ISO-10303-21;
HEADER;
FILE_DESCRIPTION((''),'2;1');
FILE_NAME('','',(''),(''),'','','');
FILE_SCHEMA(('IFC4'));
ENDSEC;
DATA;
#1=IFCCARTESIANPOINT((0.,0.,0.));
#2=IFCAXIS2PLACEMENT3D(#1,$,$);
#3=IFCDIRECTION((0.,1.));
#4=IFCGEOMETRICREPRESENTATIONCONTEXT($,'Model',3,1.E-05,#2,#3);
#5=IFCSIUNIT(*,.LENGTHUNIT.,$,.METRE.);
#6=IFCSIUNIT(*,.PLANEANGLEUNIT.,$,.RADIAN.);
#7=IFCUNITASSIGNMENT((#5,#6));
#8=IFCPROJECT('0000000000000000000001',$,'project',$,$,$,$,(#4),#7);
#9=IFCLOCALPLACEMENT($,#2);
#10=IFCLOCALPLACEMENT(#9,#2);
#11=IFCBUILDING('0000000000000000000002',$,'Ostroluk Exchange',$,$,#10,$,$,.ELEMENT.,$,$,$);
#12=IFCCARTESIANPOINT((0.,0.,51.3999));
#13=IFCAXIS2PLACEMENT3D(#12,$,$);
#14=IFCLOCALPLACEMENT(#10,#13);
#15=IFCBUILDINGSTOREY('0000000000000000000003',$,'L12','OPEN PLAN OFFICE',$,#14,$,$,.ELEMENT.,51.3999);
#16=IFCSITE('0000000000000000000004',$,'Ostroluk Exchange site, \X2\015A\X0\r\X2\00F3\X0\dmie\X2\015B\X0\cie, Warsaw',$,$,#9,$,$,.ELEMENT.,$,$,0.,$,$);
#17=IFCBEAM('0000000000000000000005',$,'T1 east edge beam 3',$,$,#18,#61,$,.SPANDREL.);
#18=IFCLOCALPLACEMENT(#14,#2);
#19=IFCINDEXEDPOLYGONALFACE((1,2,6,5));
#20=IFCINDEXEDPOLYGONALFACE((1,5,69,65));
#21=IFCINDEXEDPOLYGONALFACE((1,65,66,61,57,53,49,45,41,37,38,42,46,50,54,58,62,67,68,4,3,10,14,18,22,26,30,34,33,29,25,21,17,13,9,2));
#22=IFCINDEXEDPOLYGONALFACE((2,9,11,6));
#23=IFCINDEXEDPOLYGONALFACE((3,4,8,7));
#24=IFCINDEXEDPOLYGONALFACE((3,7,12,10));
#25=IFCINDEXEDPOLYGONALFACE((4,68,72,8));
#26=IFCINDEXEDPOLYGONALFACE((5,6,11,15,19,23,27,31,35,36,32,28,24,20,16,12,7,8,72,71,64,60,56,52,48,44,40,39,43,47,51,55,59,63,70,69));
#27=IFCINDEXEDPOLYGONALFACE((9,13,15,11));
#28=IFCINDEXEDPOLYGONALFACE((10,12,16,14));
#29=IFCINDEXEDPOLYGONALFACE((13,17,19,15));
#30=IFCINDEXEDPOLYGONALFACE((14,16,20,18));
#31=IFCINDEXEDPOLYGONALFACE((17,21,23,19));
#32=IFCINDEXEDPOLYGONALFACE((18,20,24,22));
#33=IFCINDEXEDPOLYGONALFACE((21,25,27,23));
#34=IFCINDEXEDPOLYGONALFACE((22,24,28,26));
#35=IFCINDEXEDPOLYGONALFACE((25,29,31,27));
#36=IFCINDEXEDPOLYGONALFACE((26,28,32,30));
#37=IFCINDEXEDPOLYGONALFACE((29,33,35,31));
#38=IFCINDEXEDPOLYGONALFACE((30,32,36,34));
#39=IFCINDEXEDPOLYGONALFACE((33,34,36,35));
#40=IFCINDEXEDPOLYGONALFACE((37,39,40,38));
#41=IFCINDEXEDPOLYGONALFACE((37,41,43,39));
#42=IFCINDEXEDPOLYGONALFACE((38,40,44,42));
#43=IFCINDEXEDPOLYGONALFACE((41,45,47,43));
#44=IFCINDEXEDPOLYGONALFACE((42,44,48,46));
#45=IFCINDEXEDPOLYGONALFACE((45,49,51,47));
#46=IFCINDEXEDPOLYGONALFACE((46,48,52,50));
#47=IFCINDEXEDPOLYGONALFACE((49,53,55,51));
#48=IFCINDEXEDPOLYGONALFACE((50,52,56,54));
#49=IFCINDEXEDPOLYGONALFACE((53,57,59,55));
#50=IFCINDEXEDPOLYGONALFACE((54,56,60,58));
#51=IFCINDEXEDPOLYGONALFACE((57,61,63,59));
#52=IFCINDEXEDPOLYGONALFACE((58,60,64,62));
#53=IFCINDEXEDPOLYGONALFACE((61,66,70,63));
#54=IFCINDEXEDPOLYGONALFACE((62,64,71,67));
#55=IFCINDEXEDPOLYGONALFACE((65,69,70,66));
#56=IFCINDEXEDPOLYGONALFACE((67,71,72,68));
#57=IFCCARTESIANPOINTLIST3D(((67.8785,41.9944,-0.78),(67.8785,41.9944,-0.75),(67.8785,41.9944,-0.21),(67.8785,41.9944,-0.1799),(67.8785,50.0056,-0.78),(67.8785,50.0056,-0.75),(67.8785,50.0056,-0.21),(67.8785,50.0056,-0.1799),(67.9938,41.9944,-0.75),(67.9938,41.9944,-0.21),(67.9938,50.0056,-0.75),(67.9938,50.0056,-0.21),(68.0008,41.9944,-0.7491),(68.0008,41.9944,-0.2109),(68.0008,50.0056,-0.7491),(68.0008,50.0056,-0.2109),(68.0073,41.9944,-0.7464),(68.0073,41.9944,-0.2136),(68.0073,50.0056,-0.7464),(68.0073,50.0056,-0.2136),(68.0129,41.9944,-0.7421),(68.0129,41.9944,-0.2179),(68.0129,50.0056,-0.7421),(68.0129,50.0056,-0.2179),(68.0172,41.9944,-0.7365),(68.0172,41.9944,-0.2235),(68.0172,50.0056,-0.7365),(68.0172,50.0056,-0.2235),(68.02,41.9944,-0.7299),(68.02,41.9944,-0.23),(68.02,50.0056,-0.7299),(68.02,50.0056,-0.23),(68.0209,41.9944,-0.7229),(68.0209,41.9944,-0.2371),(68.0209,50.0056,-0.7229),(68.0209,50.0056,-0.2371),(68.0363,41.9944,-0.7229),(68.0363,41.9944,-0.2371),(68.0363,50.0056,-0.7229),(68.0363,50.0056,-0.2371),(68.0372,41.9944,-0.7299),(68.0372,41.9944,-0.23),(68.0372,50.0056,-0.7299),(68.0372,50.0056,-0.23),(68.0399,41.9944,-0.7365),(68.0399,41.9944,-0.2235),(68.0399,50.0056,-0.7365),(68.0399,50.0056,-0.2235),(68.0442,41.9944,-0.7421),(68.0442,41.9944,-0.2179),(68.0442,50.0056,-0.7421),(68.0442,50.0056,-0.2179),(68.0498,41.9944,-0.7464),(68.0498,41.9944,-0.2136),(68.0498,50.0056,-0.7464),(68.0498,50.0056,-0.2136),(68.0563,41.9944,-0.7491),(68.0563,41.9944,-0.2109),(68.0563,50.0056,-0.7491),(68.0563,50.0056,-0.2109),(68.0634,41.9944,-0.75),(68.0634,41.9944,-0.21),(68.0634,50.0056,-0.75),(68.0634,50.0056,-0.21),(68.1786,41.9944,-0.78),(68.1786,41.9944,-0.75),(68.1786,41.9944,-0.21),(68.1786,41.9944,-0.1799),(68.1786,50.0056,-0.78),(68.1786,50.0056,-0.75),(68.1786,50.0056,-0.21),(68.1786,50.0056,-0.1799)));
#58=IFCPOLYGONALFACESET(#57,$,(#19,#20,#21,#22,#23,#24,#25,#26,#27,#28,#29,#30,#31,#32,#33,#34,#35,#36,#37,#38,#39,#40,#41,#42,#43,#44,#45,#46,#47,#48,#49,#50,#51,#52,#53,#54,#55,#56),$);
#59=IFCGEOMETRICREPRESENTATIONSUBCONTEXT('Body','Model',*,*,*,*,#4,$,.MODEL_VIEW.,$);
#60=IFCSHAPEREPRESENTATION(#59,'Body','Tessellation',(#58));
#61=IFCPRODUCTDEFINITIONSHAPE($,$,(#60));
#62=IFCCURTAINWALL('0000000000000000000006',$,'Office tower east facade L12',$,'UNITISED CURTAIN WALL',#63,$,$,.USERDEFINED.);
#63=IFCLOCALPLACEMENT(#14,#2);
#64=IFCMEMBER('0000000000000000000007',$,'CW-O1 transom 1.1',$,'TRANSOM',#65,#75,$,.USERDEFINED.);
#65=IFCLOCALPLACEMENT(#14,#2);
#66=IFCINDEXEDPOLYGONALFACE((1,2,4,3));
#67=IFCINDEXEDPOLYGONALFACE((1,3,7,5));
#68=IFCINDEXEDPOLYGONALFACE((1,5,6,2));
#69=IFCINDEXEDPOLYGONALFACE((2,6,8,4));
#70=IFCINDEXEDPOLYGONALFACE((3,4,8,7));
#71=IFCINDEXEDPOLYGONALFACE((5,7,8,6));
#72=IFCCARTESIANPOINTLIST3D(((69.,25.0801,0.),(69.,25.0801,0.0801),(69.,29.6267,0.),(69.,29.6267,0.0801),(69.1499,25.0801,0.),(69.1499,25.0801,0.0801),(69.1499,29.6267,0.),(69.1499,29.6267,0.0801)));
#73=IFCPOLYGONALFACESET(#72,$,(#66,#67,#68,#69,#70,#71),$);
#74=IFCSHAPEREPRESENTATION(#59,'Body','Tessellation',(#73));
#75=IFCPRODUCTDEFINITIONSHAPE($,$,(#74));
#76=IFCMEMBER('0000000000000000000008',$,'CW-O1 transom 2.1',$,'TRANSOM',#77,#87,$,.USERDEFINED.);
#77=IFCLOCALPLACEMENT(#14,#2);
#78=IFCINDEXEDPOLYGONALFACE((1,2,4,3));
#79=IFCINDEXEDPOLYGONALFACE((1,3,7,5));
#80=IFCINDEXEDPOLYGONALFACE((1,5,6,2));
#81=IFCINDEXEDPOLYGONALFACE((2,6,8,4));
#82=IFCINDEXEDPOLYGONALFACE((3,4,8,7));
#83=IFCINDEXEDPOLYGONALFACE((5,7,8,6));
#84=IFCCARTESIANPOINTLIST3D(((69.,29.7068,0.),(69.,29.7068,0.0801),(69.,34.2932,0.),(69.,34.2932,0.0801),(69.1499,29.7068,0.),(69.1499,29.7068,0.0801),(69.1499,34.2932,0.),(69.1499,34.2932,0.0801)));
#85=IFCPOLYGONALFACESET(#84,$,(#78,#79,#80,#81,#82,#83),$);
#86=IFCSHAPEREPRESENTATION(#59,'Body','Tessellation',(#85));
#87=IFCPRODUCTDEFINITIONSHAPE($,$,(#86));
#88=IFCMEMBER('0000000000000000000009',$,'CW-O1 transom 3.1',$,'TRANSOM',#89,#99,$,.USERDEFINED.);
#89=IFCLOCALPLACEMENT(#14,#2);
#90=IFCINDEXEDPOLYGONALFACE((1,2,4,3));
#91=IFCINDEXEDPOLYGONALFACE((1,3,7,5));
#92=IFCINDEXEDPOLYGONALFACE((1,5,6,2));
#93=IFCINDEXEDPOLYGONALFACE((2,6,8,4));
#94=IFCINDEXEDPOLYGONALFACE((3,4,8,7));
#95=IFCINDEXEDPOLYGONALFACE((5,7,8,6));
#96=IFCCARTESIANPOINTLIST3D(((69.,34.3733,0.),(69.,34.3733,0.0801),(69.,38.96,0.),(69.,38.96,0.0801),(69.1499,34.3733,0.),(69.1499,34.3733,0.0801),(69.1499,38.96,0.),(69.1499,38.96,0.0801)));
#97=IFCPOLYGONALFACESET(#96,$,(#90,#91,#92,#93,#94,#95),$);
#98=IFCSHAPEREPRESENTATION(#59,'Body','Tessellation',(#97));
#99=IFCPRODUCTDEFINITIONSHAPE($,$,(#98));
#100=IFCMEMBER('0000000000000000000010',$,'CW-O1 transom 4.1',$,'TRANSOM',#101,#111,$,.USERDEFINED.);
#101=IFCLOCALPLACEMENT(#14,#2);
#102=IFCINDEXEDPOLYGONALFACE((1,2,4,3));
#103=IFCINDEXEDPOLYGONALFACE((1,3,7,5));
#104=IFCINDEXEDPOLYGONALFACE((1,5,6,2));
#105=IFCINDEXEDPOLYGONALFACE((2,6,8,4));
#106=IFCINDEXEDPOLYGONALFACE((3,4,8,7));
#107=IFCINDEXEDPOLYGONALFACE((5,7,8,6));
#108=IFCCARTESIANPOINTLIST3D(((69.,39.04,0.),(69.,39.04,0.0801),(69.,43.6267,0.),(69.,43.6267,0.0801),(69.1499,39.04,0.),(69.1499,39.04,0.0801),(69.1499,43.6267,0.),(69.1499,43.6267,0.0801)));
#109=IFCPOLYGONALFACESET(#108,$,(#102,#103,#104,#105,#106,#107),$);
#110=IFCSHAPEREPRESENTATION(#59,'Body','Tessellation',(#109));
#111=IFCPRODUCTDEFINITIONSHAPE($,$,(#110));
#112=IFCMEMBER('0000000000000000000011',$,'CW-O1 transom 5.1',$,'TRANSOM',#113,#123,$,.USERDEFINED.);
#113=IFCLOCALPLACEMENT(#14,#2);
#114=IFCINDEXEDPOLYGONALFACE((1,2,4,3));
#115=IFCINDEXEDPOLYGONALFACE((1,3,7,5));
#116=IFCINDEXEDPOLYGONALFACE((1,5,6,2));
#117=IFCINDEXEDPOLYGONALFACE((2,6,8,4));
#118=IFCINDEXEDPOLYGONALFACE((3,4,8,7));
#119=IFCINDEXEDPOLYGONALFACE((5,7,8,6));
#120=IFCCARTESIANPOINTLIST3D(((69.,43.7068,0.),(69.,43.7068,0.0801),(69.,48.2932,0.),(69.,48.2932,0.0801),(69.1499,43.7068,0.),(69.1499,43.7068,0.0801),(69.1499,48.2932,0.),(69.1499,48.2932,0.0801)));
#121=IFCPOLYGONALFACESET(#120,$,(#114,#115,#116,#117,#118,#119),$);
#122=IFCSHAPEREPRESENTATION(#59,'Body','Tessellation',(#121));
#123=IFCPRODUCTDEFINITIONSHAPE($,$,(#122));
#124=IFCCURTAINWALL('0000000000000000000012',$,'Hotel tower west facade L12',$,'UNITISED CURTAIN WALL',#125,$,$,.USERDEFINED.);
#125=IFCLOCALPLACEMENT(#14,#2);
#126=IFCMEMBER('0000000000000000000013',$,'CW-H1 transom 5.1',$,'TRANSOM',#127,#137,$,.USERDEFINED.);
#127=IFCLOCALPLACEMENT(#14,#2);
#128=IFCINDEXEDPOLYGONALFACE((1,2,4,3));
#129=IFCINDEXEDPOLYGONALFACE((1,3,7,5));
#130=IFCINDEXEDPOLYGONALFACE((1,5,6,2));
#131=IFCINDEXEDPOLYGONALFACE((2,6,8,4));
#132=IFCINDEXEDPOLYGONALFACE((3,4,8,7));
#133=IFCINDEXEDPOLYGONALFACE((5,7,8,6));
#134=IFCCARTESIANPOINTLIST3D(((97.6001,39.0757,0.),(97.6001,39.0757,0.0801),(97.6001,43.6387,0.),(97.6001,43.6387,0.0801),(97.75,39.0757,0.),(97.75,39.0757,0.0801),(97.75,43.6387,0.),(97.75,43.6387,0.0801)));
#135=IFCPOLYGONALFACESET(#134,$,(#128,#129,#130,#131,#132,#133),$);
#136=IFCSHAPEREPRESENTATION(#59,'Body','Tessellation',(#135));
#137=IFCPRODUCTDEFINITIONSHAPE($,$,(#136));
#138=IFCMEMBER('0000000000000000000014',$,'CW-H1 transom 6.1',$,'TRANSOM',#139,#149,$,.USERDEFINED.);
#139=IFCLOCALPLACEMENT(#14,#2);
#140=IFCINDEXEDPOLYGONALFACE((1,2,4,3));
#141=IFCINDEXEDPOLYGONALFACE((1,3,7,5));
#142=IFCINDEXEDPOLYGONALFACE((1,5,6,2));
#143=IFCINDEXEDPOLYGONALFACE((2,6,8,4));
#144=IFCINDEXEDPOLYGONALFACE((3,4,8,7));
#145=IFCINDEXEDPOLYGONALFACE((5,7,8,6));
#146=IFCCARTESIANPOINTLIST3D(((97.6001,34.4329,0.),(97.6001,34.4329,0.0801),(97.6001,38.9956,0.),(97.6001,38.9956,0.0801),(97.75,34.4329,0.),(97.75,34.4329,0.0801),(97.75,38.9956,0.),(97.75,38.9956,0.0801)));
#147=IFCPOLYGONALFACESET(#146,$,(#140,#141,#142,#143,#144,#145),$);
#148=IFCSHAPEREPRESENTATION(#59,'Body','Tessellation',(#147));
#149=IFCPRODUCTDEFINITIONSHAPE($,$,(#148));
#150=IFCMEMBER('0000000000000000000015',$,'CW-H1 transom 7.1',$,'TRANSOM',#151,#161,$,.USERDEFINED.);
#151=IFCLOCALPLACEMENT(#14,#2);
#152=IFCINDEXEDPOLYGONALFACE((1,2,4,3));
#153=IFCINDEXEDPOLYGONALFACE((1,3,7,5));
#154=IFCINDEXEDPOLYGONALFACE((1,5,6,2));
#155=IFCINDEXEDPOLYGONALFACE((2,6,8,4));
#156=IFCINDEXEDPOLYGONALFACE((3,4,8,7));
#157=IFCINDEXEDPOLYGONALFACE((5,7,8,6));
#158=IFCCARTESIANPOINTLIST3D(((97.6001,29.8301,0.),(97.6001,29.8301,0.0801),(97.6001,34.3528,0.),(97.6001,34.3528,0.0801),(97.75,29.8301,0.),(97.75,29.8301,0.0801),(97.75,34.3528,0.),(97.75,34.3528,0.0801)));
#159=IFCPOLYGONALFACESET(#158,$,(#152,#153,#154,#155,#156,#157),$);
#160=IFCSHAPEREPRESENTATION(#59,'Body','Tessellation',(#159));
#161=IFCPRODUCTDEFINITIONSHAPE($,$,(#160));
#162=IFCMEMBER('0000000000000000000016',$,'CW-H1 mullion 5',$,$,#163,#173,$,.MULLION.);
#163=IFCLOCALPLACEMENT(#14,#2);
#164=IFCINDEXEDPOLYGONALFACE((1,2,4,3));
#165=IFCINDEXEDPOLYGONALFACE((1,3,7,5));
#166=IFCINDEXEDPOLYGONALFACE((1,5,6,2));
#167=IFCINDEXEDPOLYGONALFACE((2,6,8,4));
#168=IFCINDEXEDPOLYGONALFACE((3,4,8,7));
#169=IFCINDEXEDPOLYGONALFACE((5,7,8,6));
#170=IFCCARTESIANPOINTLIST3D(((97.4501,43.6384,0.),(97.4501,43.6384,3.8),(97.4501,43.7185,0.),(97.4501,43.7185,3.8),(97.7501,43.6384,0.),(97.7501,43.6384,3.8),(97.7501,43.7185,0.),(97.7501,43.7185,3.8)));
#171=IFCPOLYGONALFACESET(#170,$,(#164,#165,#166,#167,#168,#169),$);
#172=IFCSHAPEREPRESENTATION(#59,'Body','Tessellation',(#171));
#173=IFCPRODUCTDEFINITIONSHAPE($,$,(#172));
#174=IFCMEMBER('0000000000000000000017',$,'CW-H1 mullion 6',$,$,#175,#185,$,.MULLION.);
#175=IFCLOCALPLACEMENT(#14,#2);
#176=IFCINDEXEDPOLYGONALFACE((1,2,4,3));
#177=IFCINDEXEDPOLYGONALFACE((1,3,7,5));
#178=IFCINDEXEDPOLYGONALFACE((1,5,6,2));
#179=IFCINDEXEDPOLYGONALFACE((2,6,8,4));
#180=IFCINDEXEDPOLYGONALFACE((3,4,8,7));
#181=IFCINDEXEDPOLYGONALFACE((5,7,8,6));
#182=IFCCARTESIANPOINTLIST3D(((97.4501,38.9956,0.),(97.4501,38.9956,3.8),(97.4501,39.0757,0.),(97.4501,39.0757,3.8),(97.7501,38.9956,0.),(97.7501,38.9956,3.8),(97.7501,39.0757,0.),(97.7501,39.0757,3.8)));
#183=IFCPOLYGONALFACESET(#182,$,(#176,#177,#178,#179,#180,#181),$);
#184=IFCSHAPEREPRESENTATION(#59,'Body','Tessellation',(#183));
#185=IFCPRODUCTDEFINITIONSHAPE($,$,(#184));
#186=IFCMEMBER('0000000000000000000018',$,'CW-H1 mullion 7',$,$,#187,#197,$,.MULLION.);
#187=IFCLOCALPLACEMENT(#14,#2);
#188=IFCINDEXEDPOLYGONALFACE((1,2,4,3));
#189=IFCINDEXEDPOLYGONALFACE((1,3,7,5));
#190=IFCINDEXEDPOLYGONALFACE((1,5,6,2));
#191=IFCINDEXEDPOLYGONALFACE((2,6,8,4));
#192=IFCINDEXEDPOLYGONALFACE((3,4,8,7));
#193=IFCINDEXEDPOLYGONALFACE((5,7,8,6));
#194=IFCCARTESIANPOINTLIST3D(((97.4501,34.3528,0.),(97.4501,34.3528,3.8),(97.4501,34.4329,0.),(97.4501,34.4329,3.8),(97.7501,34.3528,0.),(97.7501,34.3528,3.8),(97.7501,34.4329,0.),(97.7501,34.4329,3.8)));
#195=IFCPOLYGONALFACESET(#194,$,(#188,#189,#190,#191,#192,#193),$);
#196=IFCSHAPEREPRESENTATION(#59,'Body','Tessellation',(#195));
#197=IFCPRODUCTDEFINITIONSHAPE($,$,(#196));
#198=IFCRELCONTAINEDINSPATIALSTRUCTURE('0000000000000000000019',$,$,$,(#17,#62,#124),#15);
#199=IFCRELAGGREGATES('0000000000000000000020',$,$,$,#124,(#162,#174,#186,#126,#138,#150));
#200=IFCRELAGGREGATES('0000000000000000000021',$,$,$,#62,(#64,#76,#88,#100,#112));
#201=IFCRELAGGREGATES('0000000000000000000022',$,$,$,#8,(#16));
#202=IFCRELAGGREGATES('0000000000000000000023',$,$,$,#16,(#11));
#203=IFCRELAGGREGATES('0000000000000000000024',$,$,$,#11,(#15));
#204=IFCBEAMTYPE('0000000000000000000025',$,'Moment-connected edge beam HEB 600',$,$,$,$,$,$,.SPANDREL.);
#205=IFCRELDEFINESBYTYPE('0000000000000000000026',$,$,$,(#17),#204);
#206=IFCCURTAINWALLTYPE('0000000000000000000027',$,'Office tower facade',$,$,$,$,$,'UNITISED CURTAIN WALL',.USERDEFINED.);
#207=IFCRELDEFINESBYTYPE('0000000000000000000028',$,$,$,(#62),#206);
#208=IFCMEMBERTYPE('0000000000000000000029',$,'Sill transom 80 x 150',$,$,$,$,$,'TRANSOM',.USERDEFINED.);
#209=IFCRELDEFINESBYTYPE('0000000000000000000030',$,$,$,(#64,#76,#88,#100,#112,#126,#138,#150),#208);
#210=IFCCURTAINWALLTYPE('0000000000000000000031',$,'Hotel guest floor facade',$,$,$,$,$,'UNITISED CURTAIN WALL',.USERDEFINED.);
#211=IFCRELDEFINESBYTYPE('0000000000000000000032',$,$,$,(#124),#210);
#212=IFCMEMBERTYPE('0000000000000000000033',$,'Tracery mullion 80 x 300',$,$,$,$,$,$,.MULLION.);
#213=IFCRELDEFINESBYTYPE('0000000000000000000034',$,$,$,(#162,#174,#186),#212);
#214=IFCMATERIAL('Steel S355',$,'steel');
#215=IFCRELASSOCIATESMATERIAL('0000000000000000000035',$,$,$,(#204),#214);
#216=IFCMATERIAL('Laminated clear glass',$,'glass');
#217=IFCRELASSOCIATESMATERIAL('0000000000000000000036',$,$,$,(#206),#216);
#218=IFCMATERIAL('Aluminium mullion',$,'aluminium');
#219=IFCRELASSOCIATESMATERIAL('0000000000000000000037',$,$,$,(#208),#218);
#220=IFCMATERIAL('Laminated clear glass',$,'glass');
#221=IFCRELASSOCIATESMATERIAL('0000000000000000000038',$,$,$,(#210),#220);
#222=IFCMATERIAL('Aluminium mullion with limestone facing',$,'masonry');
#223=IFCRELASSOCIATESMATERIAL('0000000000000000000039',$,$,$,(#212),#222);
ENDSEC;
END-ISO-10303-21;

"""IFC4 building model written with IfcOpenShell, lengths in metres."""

from ifc_helpers import new_model, si_unit, direction, frame, origin, origin_2d, place, context, subcontext, project, spatial, rectangle, i_section, extrude, material, material_profile, profile_set, type_object, element, aggregate, save


model = new_model("IFC4")

# Units and contexts
model_context = context("Model", 3, precision=1e-05, world=origin(), true_north=direction((0.0, 1.0)))
body_context = subcontext(model_context, "Body", "Model", "MODEL_VIEW")
ifc_project = project(units=[si_unit("LENGTHUNIT", "METRE"), si_unit("PLANEANGLEUNIT", "RADIAN")], contexts=[model_context])

# Site, building, storey
site_placement = place(None, origin())
site = spatial("IfcSite", under=ifc_project, at=site_placement, Name="Ostroluk Exchange site, Śródmieście, Warsaw", CompositionType="ELEMENT", RefElevation=0.0)
building_placement = place(site_placement, origin())
building = spatial("IfcBuilding", under=site, at=building_placement, Name="Ostroluk Exchange", CompositionType="ELEMENT")
storey_placement = place(building_placement, frame((0.0, 0.0, 51.3999)))
storey = spatial("IfcBuildingStorey", under=building, at=storey_placement, Name="L12", Description="OPEN PLAN OFFICE", CompositionType="ELEMENT", Elevation=51.3999)

# Beam
ifc_material_1 = material(Name="Steel S355", Category="steel")
ifc_material_profile_1 = material_profile(ifc_material_1, i_section(OverallWidth=0.3, OverallDepth=0.6001, WebThickness=0.0154, FlangeThickness=0.03, FilletRadius=0.0271, at=origin_2d()), Name="HEB 600")
ifc_profile_set_1 = profile_set([ifc_material_profile_1], Name="Steel S355")
beam_type_1 = type_object("IfcBeamType", Name="Moment-connected edge beam HEB 600", PredefinedType="SPANDREL", material=ifc_profile_set_1)
beam_placement = place(storey_placement, frame((68.0286, 41.9944, -0.48), z_axis=(0.0, 1.0, 0.0), x_axis=(-1.0, 0.0, 0.0)))
element("IfcBeam", 1, at=beam_placement, inside=storey, type_object=beam_type_1, Name="T1 east edge beam 3", PredefinedType="SPANDREL", context=body_context, shape_type="SweptSolid", body=[
    extrude(i_section(OverallWidth=0.3, OverallDepth=0.6001, WebThickness=0.0154, FlangeThickness=0.03, FilletRadius=0.0271, at=origin_2d()), origin(), (0.0, 0.0, 1.0), 8.0112),
])

# Curtain walls, members
ifc_material_2 = material(Name="Laminated clear glass", Category="glass")
curtain_wall_type_1 = type_object("IfcCurtainWallType", Name="Office tower facade", ElementType="UNITISED CURTAIN WALL", PredefinedType="USERDEFINED", material=ifc_material_2)
curtain_wall_1_placement = place(storey_placement, origin())
curtain_wall_1 = element("IfcCurtainWall", 2, at=curtain_wall_1_placement, inside=storey, type_object=curtain_wall_type_1, Name="Office tower east facade L12", ObjectType="UNITISED CURTAIN WALL", PredefinedType="USERDEFINED")
ifc_material_3 = material(Name="Aluminium mullion", Category="aluminium")
ifc_material_profile_2 = material_profile(ifc_material_3, rectangle(XDim=0.1499, YDim=0.0801, at=origin_2d()), Name="Sill transom 80 x 150")
ifc_profile_set_2 = profile_set([ifc_material_profile_2], Name="Aluminium mullion")
member_type_1 = type_object("IfcMemberType", Name="Sill transom 80 x 150", ElementType="TRANSOM", PredefinedType="USERDEFINED", material=ifc_profile_set_2)
member_1_placement = place(storey_placement, frame((69.075, 25.0801, 0.04), z_axis=(0.0, 1.0, 0.0), x_axis=(-1.0, 0.0, 0.0)))
member_1 = element("IfcMember", 3, at=member_1_placement, type_object=member_type_1, Name="CW-O1 transom 1.1", ObjectType="TRANSOM", PredefinedType="USERDEFINED", context=body_context, shape_type="SweptSolid", body=[
    extrude(rectangle(XDim=0.1499, YDim=0.0801, at=origin_2d()), origin(), (0.0, 0.0, 1.0), 4.5466),
])
member_2_placement = place(storey_placement, frame((69.075, 29.7068, 0.04), z_axis=(0.0, 1.0, 0.0), x_axis=(-1.0, 0.0, 0.0)))
member_2 = element("IfcMember", 4, at=member_2_placement, type_object=member_type_1, Name="CW-O1 transom 2.1", ObjectType="TRANSOM", PredefinedType="USERDEFINED", context=body_context, shape_type="SweptSolid", body=[
    extrude(rectangle(XDim=0.1499, YDim=0.0801, at=origin_2d()), origin(), (0.0, 0.0, 1.0), 4.5864),
])
member_3_placement = place(storey_placement, frame((69.075, 34.3733, 0.04), z_axis=(0.0, 1.0, 0.0), x_axis=(-1.0, 0.0, 0.0)))
member_3 = element("IfcMember", 5, at=member_3_placement, type_object=member_type_1, Name="CW-O1 transom 3.1", ObjectType="TRANSOM", PredefinedType="USERDEFINED", context=body_context, shape_type="SweptSolid", body=[
    extrude(rectangle(XDim=0.1499, YDim=0.0801, at=origin_2d()), origin(), (0.0, 0.0, 1.0), 4.5867),
])
member_4_placement = place(storey_placement, frame((69.075, 39.04, 0.04), z_axis=(0.0, 1.0, 0.0), x_axis=(-1.0, 0.0, 0.0)))
member_4 = element("IfcMember", 6, at=member_4_placement, type_object=member_type_1, Name="CW-O1 transom 4.1", ObjectType="TRANSOM", PredefinedType="USERDEFINED", context=body_context, shape_type="SweptSolid", body=[
    extrude(rectangle(XDim=0.1499, YDim=0.0801, at=origin_2d()), origin(), (0.0, 0.0, 1.0), 4.5867),
])
member_5_placement = place(storey_placement, frame((69.075, 43.7068, 0.04), z_axis=(0.0, 1.0, 0.0), x_axis=(-1.0, 0.0, 0.0)))
member_5 = element("IfcMember", 7, at=member_5_placement, type_object=member_type_1, Name="CW-O1 transom 5.1", ObjectType="TRANSOM", PredefinedType="USERDEFINED", context=body_context, shape_type="SweptSolid", body=[
    extrude(rectangle(XDim=0.1499, YDim=0.0801, at=origin_2d()), origin(), (0.0, 0.0, 1.0), 4.5864),
])
ifc_material_4 = material(Name="Laminated clear glass", Category="glass")
curtain_wall_type_2 = type_object("IfcCurtainWallType", Name="Hotel guest floor facade", ElementType="UNITISED CURTAIN WALL", PredefinedType="USERDEFINED", material=ifc_material_4)
curtain_wall_2_placement = place(storey_placement, origin())
curtain_wall_2 = element("IfcCurtainWall", 8, at=curtain_wall_2_placement, inside=storey, type_object=curtain_wall_type_2, Name="Hotel tower west facade L12", ObjectType="UNITISED CURTAIN WALL", PredefinedType="USERDEFINED")
member_6_placement = place(storey_placement, frame((97.675, 43.6387, 0.04), z_axis=(0.0, -1.0, 0.0), x_axis=(1.0, 0.0, 0.0)))
member_6 = element("IfcMember", 9, at=member_6_placement, type_object=member_type_1, Name="CW-H1 transom 5.1", ObjectType="TRANSOM", PredefinedType="USERDEFINED", context=body_context, shape_type="SweptSolid", body=[
    extrude(rectangle(XDim=0.1499, YDim=0.0801, at=origin_2d()), origin(), (0.0, 0.0, 1.0), 4.563),
])
member_7_placement = place(storey_placement, frame((97.675, 38.9956, 0.04), z_axis=(0.0, -1.0, 0.0), x_axis=(1.0, 0.0, 0.0)))
member_7 = element("IfcMember", 10, at=member_7_placement, type_object=member_type_1, Name="CW-H1 transom 6.1", ObjectType="TRANSOM", PredefinedType="USERDEFINED", context=body_context, shape_type="SweptSolid", body=[
    extrude(rectangle(XDim=0.1499, YDim=0.0801, at=origin_2d()), origin(), (0.0, 0.0, 1.0), 4.5627),
])
member_8_placement = place(storey_placement, frame((97.675, 34.3528, 0.04), z_axis=(0.0, -1.0, 0.0), x_axis=(1.0, 0.0, 0.0)))
member_8 = element("IfcMember", 11, at=member_8_placement, type_object=member_type_1, Name="CW-H1 transom 7.1", ObjectType="TRANSOM", PredefinedType="USERDEFINED", context=body_context, shape_type="SweptSolid", body=[
    extrude(rectangle(XDim=0.1499, YDim=0.0801, at=origin_2d()), origin(), (0.0, 0.0, 1.0), 4.5227),
])
ifc_material_5 = material(Name="Aluminium mullion with limestone facing", Category="masonry")
ifc_material_profile_3 = material_profile(ifc_material_5, rectangle(XDim=0.3, YDim=0.0801, at=origin_2d()), Name="Tracery mullion 80 x 300")
ifc_profile_set_3 = profile_set([ifc_material_profile_3], Name="Aluminium mullion with limestone facing")
member_type_2 = type_object("IfcMemberType", Name="Tracery mullion 80 x 300", PredefinedType="MULLION", material=ifc_profile_set_3)
member_9_placement = place(storey_placement, frame((97.6001, 43.6785, 0.0), z_axis=(0.0, 0.0, 1.0), x_axis=(1.0, 0.0, 0.0)))
member_9 = element("IfcMember", 12, at=member_9_placement, type_object=member_type_2, Name="CW-H1 mullion 5", PredefinedType="MULLION", context=body_context, shape_type="SweptSolid", body=[
    extrude(rectangle(XDim=0.3, YDim=0.0801, at=origin_2d()), origin(), (0.0, 0.0, 1.0), 3.8),
])
member_10_placement = place(storey_placement, frame((97.6001, 39.0356, 0.0), z_axis=(0.0, 0.0, 1.0), x_axis=(1.0, 0.0, 0.0)))
member_10 = element("IfcMember", 13, at=member_10_placement, type_object=member_type_2, Name="CW-H1 mullion 6", PredefinedType="MULLION", context=body_context, shape_type="SweptSolid", body=[
    extrude(rectangle(XDim=0.3, YDim=0.0801, at=origin_2d()), origin(), (0.0, 0.0, 1.0), 3.8),
])
member_11_placement = place(storey_placement, frame((97.6001, 34.3928, 0.0), z_axis=(0.0, 0.0, 1.0), x_axis=(1.0, 0.0, 0.0)))
member_11 = element("IfcMember", 14, at=member_11_placement, type_object=member_type_2, Name="CW-H1 mullion 7", PredefinedType="MULLION", context=body_context, shape_type="SweptSolid", body=[
    extrude(rectangle(XDim=0.3, YDim=0.0801, at=origin_2d()), origin(), (0.0, 0.0, 1.0), 3.8),
])

aggregate(curtain_wall_2, [member_9, member_10, member_11, member_6, member_7, member_8])
aggregate(curtain_wall_1, [member_1, member_2, member_3, member_4, member_5])

save(model, "model.ifc")
